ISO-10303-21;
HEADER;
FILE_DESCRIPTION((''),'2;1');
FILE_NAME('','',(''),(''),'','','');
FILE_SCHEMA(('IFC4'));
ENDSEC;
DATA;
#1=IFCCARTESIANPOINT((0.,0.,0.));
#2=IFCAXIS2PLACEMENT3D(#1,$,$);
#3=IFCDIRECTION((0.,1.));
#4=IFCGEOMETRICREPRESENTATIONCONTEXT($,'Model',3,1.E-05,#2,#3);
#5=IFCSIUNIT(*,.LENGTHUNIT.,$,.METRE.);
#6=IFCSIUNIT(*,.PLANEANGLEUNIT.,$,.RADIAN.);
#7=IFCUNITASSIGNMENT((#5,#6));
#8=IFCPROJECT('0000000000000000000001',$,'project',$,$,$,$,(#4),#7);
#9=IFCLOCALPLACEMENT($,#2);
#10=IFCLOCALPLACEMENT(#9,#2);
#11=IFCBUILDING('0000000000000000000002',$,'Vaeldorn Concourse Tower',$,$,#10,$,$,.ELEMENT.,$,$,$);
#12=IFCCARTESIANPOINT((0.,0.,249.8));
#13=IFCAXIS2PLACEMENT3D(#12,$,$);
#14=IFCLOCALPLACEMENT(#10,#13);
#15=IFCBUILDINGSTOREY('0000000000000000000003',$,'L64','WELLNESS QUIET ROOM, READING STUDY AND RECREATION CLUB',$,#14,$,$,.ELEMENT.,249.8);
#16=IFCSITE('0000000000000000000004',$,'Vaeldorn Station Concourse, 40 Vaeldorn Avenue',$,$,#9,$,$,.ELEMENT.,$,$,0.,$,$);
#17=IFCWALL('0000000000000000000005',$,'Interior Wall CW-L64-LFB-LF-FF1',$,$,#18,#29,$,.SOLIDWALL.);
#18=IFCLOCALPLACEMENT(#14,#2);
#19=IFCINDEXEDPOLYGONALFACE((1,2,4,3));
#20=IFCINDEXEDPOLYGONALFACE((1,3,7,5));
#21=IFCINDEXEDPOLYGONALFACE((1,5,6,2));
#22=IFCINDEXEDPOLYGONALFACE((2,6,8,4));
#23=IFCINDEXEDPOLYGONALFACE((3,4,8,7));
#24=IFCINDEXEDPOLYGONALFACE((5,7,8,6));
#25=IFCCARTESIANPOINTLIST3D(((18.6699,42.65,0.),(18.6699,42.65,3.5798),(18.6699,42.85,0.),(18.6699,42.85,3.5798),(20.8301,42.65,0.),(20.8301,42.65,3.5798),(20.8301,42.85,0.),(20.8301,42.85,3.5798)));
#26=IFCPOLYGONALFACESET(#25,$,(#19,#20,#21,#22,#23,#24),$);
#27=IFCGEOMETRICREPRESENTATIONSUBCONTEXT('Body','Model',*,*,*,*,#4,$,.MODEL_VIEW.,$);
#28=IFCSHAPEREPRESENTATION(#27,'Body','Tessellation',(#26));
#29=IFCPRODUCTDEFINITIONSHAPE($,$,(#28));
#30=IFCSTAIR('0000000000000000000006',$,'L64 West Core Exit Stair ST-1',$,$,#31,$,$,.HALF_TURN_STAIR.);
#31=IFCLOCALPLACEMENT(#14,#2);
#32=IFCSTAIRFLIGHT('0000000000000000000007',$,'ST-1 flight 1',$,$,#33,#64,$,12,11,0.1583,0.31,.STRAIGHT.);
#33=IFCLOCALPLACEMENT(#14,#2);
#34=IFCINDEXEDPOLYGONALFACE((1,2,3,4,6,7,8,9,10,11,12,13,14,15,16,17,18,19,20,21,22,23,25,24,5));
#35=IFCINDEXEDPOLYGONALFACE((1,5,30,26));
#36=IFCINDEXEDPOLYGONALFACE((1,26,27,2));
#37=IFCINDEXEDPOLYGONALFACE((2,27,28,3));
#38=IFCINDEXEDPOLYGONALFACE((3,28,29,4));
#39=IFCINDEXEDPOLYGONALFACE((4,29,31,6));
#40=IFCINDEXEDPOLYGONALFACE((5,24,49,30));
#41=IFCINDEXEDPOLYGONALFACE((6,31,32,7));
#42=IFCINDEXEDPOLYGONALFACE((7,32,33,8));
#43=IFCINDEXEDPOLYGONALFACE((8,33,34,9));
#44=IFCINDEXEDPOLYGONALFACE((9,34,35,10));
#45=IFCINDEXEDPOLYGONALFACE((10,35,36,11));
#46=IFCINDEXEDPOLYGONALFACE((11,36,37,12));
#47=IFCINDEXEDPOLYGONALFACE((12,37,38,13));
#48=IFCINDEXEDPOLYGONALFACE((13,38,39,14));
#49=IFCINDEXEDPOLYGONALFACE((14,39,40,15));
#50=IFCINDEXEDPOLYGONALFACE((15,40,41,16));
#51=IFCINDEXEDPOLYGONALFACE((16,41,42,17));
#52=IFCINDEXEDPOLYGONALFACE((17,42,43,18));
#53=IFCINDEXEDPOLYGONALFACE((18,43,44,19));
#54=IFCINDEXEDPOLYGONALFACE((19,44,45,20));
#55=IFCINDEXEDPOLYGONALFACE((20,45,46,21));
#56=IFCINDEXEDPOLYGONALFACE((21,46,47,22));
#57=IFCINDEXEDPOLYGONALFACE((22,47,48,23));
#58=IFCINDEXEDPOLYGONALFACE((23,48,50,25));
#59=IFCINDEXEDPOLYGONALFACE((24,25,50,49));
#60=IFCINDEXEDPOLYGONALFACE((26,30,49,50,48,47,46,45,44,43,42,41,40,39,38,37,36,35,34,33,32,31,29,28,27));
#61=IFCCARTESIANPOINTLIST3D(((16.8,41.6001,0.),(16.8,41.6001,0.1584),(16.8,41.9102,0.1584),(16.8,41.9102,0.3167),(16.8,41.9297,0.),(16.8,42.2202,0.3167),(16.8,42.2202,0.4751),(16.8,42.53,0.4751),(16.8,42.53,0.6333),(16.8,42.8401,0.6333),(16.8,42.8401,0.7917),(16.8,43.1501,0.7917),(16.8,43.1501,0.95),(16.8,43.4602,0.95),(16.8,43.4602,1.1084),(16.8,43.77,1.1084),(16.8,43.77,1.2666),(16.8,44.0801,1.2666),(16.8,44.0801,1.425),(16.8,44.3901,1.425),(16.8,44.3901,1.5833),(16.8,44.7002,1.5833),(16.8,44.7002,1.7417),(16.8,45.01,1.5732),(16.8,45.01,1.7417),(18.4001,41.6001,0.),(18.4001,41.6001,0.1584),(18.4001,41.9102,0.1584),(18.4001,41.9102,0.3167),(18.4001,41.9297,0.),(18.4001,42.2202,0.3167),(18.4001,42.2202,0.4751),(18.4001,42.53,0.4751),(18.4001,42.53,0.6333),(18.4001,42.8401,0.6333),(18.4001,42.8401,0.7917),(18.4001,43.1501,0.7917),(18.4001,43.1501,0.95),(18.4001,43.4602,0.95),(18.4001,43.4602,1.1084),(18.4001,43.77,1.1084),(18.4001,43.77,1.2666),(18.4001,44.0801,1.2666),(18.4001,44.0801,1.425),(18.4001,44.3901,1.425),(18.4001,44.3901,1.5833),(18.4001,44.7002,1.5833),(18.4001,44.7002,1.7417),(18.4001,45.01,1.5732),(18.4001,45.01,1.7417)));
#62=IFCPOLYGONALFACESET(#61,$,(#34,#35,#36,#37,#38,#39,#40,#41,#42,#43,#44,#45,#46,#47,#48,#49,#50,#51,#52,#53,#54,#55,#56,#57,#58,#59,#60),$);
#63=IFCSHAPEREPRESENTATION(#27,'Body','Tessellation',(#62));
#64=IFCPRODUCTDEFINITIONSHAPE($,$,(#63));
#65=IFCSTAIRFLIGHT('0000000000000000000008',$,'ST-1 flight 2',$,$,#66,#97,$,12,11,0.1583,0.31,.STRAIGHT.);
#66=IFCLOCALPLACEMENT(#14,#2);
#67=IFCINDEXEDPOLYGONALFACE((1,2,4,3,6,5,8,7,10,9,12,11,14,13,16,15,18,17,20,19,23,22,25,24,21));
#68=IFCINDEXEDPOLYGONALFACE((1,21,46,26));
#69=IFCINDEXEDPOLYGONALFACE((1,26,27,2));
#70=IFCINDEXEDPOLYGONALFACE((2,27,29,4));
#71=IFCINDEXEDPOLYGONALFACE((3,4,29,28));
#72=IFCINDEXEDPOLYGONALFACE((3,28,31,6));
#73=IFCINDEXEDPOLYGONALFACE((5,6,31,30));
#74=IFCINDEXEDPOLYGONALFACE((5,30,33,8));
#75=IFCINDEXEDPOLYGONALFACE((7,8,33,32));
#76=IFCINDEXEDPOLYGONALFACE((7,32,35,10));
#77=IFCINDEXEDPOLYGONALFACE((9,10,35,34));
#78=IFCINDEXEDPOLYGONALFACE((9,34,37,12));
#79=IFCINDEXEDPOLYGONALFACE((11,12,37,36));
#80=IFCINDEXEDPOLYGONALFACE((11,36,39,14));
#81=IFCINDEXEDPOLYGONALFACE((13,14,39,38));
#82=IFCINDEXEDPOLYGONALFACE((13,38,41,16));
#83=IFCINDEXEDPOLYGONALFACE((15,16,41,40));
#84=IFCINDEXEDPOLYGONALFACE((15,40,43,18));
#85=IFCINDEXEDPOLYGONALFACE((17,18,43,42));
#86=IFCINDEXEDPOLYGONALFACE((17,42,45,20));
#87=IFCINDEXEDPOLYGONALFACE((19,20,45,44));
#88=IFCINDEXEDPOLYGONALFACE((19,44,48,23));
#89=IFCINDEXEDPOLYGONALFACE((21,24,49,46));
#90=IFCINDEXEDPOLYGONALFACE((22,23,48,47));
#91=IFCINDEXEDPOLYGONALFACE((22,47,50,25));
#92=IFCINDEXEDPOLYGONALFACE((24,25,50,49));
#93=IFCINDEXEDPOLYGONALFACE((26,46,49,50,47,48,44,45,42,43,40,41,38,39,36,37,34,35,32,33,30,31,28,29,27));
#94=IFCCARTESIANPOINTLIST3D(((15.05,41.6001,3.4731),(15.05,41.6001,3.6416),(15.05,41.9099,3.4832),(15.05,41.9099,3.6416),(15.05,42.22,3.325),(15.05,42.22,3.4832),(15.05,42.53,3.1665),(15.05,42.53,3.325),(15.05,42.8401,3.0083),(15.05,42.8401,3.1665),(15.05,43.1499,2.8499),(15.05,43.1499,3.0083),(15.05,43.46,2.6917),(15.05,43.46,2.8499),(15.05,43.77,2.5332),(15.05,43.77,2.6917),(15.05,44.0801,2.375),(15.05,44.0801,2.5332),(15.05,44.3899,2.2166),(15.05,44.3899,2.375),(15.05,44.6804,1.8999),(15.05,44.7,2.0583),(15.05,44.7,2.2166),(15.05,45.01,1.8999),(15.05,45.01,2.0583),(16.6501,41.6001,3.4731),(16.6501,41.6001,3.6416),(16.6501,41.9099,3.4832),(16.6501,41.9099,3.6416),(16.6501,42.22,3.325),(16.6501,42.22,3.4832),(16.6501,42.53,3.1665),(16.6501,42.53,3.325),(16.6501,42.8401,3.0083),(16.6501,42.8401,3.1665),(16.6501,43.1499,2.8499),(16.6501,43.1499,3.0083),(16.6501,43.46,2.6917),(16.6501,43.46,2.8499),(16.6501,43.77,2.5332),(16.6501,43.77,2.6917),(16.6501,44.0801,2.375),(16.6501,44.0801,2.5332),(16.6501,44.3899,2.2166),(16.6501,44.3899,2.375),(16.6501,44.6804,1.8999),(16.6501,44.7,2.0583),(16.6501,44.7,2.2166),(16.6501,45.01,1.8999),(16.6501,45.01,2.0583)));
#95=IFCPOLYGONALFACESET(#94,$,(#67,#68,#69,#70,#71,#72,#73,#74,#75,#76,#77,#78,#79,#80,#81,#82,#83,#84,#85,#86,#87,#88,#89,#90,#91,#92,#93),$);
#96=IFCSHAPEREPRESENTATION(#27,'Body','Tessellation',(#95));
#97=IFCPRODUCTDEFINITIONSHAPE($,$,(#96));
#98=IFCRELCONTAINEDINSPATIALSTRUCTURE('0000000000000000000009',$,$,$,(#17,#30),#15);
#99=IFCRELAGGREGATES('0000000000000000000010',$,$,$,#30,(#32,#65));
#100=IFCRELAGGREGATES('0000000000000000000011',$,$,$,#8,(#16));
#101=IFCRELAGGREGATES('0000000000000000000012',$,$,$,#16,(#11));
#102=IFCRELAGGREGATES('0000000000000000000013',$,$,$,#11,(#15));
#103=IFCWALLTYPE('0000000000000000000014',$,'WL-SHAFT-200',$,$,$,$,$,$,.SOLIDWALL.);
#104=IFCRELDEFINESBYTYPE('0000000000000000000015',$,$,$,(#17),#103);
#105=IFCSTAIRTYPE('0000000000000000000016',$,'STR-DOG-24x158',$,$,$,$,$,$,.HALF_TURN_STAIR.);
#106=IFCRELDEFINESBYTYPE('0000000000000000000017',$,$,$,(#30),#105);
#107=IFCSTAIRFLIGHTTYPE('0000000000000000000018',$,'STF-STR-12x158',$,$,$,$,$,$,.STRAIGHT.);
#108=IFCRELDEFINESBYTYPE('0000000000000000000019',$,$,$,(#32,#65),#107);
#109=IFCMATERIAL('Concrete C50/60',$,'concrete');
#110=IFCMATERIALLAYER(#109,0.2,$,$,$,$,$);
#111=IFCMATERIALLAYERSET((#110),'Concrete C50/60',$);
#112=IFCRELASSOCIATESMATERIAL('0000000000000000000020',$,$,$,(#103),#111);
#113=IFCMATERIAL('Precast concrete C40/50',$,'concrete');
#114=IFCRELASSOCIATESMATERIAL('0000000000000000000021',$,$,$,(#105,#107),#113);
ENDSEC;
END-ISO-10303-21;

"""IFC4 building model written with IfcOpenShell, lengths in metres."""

from ifc_helpers import new_model, si_unit, direction, frame, frame_2d, origin, place, context, subcontext, project, spatial, polyline, rectangle, outline, extrude, material, layer, layer_set, type_object, element, aggregate, save


model = new_model("IFC4")

# Units and contexts
model_context = context("Model", 3, precision=1e-05, world=origin(), true_north=direction((0.0, 1.0)))
body_context = subcontext(model_context, "Body", "Model", "MODEL_VIEW")
ifc_project = project(units=[si_unit("LENGTHUNIT", "METRE"), si_unit("PLANEANGLEUNIT", "RADIAN")], contexts=[model_context])

# Site, building, storey
site_placement = place(None, origin())
site = spatial("IfcSite", under=ifc_project, at=site_placement, Name="Vaeldorn Station Concourse, 40 Vaeldorn Avenue", CompositionType="ELEMENT", RefElevation=0.0)
building_placement = place(site_placement, origin())
building = spatial("IfcBuilding", under=site, at=building_placement, Name="Vaeldorn Concourse Tower", CompositionType="ELEMENT")
storey_placement = place(building_placement, frame((0.0, 0.0, 249.8)))
storey = spatial("IfcBuildingStorey", under=building, at=storey_placement, Name="L64", Description="WELLNESS QUIET ROOM, READING STUDY AND RECREATION CLUB", CompositionType="ELEMENT", Elevation=249.8)

# Shared definitions
ifc_material_1 = material(Name="Concrete C50/60", Category="concrete")

# Shared definitions
ifc_layer_1 = layer(ifc_material_1, 0.2)
ifc_layer_set_1 = layer_set([ifc_layer_1], Name="Concrete C50/60")
wall_type_1 = type_object("IfcWallType", Name="WL-SHAFT-200", PredefinedType="SOLIDWALL", material=ifc_layer_set_1)

# Wall
wall_1_placement = place(storey_placement, frame((18.6699, 42.75, 0.0), z_axis=(0.0, 0.0, 1.0), x_axis=(1.0, 0.0, 0.0)))
element("IfcWall", 1, at=wall_1_placement, inside=storey, type_object=wall_type_1, Name="Interior Wall CW-L64-LFB-LF-FF1", PredefinedType="SOLIDWALL", context=body_context, shape_type="SweptSolid", body=[
    extrude(rectangle(XDim=2.1602, YDim=0.2, at=frame_2d((1.0801, 0.0))), origin(), (0.0, 0.0, 1.0), 3.5798),
])

# Stair, stair flights
ifc_material_2 = material(Name="Precast concrete C40/50", Category="concrete")
stair_type = type_object("IfcStairType", Name="STR-DOG-24x158", PredefinedType="HALF_TURN_STAIR", material=ifc_material_2)
stair_placement = place(storey_placement, origin())
stair = element("IfcStair", 2, at=stair_placement, inside=storey, type_object=stair_type, Name="L64 West Core Exit Stair ST-1", PredefinedType="HALF_TURN_STAIR")
stair_flight_type = type_object("IfcStairFlightType", Name="STF-STR-12x158", PredefinedType="STRAIGHT", material=ifc_material_2)
stair_flight_1_placement = place(storey_placement, frame((17.6001, 41.6001, 0.0), z_axis=(0.0, 0.0, 1.0), x_axis=(0.0, 1.0, 0.0)))
stair_flight_1 = element("IfcStairFlight", 3, at=stair_flight_1_placement, type_object=stair_flight_type, Name="ST-1 flight 1", NumberOfRisers=12, NumberOfTreads=11, PredefinedType="STRAIGHT", RiserHeight=0.1583, TreadLength=0.31, context=body_context, shape_type="SweptSolid", body=[
    extrude(outline(polyline([(0.0, 0.0), (0.0, 0.1584), (0.3101, 0.1584), (0.3101, 0.3167), (0.6201, 0.3167), (0.6201, 0.4751), (0.9299, 0.4751), (0.9299, 0.6333), (1.24, 0.6333), (1.24, 0.7917), (1.55, 0.7917), (1.55, 0.95), (1.8601, 0.95), (1.8601, 1.1084), (2.1699, 1.1084), (2.1699, 1.2666), (2.48, 1.2666), (2.48, 1.425), (2.79, 1.425), (2.79, 1.5833), (3.1001, 1.5833), (3.1001, 1.7417), (3.4099, 1.7417), (3.4099, 1.8999), (3.4099, 1.5732), (0.3296, 0.0), (0.0, 0.0)])), frame((0.0, 0.8, 0.0), z_axis=(0.0, -1.0, 0.0), x_axis=(1.0, 0.0, 0.0)), (0.0, 0.0, 1.0), 1.6001),
])
stair_flight_2_placement = place(storey_placement, frame((15.8501, 45.01, 1.8999), z_axis=(0.0, 0.0, 1.0), x_axis=(0.0, -1.0, 0.0)))
stair_flight_2 = element("IfcStairFlight", 4, at=stair_flight_2_placement, type_object=stair_flight_type, Name="ST-1 flight 2", NumberOfRisers=12, NumberOfTreads=11, PredefinedType="STRAIGHT", RiserHeight=0.1583, TreadLength=0.31, context=body_context, shape_type="SweptSolid", body=[
    extrude(outline(polyline([(0.0, 0.0), (0.0, 0.1584), (0.3101, 0.1584), (0.3101, 0.3167), (0.6201, 0.3167), (0.6201, 0.4751), (0.9299, 0.4751), (0.9299, 0.6333), (1.24, 0.6333), (1.24, 0.7917), (1.55, 0.7917), (1.55, 0.95), (1.8601, 0.95), (1.8601, 1.1084), (2.1699, 1.1084), (2.1699, 1.2666), (2.48, 1.2666), (2.48, 1.425), (2.79, 1.425), (2.79, 1.5833), (3.1001, 1.5833), (3.1001, 1.7417), (3.4099, 1.7417), (3.4099, 1.8999), (3.4099, 1.5732), (0.3296, 0.0), (0.0, 0.0)])), frame((0.0, 0.8, 0.0), z_axis=(0.0, -1.0, 0.0), x_axis=(1.0, 0.0, 0.0)), (0.0, 0.0, 1.0), 1.6001),
])
aggregate(stair, [stair_flight_1, stair_flight_2])

save(model, "model.ifc")
